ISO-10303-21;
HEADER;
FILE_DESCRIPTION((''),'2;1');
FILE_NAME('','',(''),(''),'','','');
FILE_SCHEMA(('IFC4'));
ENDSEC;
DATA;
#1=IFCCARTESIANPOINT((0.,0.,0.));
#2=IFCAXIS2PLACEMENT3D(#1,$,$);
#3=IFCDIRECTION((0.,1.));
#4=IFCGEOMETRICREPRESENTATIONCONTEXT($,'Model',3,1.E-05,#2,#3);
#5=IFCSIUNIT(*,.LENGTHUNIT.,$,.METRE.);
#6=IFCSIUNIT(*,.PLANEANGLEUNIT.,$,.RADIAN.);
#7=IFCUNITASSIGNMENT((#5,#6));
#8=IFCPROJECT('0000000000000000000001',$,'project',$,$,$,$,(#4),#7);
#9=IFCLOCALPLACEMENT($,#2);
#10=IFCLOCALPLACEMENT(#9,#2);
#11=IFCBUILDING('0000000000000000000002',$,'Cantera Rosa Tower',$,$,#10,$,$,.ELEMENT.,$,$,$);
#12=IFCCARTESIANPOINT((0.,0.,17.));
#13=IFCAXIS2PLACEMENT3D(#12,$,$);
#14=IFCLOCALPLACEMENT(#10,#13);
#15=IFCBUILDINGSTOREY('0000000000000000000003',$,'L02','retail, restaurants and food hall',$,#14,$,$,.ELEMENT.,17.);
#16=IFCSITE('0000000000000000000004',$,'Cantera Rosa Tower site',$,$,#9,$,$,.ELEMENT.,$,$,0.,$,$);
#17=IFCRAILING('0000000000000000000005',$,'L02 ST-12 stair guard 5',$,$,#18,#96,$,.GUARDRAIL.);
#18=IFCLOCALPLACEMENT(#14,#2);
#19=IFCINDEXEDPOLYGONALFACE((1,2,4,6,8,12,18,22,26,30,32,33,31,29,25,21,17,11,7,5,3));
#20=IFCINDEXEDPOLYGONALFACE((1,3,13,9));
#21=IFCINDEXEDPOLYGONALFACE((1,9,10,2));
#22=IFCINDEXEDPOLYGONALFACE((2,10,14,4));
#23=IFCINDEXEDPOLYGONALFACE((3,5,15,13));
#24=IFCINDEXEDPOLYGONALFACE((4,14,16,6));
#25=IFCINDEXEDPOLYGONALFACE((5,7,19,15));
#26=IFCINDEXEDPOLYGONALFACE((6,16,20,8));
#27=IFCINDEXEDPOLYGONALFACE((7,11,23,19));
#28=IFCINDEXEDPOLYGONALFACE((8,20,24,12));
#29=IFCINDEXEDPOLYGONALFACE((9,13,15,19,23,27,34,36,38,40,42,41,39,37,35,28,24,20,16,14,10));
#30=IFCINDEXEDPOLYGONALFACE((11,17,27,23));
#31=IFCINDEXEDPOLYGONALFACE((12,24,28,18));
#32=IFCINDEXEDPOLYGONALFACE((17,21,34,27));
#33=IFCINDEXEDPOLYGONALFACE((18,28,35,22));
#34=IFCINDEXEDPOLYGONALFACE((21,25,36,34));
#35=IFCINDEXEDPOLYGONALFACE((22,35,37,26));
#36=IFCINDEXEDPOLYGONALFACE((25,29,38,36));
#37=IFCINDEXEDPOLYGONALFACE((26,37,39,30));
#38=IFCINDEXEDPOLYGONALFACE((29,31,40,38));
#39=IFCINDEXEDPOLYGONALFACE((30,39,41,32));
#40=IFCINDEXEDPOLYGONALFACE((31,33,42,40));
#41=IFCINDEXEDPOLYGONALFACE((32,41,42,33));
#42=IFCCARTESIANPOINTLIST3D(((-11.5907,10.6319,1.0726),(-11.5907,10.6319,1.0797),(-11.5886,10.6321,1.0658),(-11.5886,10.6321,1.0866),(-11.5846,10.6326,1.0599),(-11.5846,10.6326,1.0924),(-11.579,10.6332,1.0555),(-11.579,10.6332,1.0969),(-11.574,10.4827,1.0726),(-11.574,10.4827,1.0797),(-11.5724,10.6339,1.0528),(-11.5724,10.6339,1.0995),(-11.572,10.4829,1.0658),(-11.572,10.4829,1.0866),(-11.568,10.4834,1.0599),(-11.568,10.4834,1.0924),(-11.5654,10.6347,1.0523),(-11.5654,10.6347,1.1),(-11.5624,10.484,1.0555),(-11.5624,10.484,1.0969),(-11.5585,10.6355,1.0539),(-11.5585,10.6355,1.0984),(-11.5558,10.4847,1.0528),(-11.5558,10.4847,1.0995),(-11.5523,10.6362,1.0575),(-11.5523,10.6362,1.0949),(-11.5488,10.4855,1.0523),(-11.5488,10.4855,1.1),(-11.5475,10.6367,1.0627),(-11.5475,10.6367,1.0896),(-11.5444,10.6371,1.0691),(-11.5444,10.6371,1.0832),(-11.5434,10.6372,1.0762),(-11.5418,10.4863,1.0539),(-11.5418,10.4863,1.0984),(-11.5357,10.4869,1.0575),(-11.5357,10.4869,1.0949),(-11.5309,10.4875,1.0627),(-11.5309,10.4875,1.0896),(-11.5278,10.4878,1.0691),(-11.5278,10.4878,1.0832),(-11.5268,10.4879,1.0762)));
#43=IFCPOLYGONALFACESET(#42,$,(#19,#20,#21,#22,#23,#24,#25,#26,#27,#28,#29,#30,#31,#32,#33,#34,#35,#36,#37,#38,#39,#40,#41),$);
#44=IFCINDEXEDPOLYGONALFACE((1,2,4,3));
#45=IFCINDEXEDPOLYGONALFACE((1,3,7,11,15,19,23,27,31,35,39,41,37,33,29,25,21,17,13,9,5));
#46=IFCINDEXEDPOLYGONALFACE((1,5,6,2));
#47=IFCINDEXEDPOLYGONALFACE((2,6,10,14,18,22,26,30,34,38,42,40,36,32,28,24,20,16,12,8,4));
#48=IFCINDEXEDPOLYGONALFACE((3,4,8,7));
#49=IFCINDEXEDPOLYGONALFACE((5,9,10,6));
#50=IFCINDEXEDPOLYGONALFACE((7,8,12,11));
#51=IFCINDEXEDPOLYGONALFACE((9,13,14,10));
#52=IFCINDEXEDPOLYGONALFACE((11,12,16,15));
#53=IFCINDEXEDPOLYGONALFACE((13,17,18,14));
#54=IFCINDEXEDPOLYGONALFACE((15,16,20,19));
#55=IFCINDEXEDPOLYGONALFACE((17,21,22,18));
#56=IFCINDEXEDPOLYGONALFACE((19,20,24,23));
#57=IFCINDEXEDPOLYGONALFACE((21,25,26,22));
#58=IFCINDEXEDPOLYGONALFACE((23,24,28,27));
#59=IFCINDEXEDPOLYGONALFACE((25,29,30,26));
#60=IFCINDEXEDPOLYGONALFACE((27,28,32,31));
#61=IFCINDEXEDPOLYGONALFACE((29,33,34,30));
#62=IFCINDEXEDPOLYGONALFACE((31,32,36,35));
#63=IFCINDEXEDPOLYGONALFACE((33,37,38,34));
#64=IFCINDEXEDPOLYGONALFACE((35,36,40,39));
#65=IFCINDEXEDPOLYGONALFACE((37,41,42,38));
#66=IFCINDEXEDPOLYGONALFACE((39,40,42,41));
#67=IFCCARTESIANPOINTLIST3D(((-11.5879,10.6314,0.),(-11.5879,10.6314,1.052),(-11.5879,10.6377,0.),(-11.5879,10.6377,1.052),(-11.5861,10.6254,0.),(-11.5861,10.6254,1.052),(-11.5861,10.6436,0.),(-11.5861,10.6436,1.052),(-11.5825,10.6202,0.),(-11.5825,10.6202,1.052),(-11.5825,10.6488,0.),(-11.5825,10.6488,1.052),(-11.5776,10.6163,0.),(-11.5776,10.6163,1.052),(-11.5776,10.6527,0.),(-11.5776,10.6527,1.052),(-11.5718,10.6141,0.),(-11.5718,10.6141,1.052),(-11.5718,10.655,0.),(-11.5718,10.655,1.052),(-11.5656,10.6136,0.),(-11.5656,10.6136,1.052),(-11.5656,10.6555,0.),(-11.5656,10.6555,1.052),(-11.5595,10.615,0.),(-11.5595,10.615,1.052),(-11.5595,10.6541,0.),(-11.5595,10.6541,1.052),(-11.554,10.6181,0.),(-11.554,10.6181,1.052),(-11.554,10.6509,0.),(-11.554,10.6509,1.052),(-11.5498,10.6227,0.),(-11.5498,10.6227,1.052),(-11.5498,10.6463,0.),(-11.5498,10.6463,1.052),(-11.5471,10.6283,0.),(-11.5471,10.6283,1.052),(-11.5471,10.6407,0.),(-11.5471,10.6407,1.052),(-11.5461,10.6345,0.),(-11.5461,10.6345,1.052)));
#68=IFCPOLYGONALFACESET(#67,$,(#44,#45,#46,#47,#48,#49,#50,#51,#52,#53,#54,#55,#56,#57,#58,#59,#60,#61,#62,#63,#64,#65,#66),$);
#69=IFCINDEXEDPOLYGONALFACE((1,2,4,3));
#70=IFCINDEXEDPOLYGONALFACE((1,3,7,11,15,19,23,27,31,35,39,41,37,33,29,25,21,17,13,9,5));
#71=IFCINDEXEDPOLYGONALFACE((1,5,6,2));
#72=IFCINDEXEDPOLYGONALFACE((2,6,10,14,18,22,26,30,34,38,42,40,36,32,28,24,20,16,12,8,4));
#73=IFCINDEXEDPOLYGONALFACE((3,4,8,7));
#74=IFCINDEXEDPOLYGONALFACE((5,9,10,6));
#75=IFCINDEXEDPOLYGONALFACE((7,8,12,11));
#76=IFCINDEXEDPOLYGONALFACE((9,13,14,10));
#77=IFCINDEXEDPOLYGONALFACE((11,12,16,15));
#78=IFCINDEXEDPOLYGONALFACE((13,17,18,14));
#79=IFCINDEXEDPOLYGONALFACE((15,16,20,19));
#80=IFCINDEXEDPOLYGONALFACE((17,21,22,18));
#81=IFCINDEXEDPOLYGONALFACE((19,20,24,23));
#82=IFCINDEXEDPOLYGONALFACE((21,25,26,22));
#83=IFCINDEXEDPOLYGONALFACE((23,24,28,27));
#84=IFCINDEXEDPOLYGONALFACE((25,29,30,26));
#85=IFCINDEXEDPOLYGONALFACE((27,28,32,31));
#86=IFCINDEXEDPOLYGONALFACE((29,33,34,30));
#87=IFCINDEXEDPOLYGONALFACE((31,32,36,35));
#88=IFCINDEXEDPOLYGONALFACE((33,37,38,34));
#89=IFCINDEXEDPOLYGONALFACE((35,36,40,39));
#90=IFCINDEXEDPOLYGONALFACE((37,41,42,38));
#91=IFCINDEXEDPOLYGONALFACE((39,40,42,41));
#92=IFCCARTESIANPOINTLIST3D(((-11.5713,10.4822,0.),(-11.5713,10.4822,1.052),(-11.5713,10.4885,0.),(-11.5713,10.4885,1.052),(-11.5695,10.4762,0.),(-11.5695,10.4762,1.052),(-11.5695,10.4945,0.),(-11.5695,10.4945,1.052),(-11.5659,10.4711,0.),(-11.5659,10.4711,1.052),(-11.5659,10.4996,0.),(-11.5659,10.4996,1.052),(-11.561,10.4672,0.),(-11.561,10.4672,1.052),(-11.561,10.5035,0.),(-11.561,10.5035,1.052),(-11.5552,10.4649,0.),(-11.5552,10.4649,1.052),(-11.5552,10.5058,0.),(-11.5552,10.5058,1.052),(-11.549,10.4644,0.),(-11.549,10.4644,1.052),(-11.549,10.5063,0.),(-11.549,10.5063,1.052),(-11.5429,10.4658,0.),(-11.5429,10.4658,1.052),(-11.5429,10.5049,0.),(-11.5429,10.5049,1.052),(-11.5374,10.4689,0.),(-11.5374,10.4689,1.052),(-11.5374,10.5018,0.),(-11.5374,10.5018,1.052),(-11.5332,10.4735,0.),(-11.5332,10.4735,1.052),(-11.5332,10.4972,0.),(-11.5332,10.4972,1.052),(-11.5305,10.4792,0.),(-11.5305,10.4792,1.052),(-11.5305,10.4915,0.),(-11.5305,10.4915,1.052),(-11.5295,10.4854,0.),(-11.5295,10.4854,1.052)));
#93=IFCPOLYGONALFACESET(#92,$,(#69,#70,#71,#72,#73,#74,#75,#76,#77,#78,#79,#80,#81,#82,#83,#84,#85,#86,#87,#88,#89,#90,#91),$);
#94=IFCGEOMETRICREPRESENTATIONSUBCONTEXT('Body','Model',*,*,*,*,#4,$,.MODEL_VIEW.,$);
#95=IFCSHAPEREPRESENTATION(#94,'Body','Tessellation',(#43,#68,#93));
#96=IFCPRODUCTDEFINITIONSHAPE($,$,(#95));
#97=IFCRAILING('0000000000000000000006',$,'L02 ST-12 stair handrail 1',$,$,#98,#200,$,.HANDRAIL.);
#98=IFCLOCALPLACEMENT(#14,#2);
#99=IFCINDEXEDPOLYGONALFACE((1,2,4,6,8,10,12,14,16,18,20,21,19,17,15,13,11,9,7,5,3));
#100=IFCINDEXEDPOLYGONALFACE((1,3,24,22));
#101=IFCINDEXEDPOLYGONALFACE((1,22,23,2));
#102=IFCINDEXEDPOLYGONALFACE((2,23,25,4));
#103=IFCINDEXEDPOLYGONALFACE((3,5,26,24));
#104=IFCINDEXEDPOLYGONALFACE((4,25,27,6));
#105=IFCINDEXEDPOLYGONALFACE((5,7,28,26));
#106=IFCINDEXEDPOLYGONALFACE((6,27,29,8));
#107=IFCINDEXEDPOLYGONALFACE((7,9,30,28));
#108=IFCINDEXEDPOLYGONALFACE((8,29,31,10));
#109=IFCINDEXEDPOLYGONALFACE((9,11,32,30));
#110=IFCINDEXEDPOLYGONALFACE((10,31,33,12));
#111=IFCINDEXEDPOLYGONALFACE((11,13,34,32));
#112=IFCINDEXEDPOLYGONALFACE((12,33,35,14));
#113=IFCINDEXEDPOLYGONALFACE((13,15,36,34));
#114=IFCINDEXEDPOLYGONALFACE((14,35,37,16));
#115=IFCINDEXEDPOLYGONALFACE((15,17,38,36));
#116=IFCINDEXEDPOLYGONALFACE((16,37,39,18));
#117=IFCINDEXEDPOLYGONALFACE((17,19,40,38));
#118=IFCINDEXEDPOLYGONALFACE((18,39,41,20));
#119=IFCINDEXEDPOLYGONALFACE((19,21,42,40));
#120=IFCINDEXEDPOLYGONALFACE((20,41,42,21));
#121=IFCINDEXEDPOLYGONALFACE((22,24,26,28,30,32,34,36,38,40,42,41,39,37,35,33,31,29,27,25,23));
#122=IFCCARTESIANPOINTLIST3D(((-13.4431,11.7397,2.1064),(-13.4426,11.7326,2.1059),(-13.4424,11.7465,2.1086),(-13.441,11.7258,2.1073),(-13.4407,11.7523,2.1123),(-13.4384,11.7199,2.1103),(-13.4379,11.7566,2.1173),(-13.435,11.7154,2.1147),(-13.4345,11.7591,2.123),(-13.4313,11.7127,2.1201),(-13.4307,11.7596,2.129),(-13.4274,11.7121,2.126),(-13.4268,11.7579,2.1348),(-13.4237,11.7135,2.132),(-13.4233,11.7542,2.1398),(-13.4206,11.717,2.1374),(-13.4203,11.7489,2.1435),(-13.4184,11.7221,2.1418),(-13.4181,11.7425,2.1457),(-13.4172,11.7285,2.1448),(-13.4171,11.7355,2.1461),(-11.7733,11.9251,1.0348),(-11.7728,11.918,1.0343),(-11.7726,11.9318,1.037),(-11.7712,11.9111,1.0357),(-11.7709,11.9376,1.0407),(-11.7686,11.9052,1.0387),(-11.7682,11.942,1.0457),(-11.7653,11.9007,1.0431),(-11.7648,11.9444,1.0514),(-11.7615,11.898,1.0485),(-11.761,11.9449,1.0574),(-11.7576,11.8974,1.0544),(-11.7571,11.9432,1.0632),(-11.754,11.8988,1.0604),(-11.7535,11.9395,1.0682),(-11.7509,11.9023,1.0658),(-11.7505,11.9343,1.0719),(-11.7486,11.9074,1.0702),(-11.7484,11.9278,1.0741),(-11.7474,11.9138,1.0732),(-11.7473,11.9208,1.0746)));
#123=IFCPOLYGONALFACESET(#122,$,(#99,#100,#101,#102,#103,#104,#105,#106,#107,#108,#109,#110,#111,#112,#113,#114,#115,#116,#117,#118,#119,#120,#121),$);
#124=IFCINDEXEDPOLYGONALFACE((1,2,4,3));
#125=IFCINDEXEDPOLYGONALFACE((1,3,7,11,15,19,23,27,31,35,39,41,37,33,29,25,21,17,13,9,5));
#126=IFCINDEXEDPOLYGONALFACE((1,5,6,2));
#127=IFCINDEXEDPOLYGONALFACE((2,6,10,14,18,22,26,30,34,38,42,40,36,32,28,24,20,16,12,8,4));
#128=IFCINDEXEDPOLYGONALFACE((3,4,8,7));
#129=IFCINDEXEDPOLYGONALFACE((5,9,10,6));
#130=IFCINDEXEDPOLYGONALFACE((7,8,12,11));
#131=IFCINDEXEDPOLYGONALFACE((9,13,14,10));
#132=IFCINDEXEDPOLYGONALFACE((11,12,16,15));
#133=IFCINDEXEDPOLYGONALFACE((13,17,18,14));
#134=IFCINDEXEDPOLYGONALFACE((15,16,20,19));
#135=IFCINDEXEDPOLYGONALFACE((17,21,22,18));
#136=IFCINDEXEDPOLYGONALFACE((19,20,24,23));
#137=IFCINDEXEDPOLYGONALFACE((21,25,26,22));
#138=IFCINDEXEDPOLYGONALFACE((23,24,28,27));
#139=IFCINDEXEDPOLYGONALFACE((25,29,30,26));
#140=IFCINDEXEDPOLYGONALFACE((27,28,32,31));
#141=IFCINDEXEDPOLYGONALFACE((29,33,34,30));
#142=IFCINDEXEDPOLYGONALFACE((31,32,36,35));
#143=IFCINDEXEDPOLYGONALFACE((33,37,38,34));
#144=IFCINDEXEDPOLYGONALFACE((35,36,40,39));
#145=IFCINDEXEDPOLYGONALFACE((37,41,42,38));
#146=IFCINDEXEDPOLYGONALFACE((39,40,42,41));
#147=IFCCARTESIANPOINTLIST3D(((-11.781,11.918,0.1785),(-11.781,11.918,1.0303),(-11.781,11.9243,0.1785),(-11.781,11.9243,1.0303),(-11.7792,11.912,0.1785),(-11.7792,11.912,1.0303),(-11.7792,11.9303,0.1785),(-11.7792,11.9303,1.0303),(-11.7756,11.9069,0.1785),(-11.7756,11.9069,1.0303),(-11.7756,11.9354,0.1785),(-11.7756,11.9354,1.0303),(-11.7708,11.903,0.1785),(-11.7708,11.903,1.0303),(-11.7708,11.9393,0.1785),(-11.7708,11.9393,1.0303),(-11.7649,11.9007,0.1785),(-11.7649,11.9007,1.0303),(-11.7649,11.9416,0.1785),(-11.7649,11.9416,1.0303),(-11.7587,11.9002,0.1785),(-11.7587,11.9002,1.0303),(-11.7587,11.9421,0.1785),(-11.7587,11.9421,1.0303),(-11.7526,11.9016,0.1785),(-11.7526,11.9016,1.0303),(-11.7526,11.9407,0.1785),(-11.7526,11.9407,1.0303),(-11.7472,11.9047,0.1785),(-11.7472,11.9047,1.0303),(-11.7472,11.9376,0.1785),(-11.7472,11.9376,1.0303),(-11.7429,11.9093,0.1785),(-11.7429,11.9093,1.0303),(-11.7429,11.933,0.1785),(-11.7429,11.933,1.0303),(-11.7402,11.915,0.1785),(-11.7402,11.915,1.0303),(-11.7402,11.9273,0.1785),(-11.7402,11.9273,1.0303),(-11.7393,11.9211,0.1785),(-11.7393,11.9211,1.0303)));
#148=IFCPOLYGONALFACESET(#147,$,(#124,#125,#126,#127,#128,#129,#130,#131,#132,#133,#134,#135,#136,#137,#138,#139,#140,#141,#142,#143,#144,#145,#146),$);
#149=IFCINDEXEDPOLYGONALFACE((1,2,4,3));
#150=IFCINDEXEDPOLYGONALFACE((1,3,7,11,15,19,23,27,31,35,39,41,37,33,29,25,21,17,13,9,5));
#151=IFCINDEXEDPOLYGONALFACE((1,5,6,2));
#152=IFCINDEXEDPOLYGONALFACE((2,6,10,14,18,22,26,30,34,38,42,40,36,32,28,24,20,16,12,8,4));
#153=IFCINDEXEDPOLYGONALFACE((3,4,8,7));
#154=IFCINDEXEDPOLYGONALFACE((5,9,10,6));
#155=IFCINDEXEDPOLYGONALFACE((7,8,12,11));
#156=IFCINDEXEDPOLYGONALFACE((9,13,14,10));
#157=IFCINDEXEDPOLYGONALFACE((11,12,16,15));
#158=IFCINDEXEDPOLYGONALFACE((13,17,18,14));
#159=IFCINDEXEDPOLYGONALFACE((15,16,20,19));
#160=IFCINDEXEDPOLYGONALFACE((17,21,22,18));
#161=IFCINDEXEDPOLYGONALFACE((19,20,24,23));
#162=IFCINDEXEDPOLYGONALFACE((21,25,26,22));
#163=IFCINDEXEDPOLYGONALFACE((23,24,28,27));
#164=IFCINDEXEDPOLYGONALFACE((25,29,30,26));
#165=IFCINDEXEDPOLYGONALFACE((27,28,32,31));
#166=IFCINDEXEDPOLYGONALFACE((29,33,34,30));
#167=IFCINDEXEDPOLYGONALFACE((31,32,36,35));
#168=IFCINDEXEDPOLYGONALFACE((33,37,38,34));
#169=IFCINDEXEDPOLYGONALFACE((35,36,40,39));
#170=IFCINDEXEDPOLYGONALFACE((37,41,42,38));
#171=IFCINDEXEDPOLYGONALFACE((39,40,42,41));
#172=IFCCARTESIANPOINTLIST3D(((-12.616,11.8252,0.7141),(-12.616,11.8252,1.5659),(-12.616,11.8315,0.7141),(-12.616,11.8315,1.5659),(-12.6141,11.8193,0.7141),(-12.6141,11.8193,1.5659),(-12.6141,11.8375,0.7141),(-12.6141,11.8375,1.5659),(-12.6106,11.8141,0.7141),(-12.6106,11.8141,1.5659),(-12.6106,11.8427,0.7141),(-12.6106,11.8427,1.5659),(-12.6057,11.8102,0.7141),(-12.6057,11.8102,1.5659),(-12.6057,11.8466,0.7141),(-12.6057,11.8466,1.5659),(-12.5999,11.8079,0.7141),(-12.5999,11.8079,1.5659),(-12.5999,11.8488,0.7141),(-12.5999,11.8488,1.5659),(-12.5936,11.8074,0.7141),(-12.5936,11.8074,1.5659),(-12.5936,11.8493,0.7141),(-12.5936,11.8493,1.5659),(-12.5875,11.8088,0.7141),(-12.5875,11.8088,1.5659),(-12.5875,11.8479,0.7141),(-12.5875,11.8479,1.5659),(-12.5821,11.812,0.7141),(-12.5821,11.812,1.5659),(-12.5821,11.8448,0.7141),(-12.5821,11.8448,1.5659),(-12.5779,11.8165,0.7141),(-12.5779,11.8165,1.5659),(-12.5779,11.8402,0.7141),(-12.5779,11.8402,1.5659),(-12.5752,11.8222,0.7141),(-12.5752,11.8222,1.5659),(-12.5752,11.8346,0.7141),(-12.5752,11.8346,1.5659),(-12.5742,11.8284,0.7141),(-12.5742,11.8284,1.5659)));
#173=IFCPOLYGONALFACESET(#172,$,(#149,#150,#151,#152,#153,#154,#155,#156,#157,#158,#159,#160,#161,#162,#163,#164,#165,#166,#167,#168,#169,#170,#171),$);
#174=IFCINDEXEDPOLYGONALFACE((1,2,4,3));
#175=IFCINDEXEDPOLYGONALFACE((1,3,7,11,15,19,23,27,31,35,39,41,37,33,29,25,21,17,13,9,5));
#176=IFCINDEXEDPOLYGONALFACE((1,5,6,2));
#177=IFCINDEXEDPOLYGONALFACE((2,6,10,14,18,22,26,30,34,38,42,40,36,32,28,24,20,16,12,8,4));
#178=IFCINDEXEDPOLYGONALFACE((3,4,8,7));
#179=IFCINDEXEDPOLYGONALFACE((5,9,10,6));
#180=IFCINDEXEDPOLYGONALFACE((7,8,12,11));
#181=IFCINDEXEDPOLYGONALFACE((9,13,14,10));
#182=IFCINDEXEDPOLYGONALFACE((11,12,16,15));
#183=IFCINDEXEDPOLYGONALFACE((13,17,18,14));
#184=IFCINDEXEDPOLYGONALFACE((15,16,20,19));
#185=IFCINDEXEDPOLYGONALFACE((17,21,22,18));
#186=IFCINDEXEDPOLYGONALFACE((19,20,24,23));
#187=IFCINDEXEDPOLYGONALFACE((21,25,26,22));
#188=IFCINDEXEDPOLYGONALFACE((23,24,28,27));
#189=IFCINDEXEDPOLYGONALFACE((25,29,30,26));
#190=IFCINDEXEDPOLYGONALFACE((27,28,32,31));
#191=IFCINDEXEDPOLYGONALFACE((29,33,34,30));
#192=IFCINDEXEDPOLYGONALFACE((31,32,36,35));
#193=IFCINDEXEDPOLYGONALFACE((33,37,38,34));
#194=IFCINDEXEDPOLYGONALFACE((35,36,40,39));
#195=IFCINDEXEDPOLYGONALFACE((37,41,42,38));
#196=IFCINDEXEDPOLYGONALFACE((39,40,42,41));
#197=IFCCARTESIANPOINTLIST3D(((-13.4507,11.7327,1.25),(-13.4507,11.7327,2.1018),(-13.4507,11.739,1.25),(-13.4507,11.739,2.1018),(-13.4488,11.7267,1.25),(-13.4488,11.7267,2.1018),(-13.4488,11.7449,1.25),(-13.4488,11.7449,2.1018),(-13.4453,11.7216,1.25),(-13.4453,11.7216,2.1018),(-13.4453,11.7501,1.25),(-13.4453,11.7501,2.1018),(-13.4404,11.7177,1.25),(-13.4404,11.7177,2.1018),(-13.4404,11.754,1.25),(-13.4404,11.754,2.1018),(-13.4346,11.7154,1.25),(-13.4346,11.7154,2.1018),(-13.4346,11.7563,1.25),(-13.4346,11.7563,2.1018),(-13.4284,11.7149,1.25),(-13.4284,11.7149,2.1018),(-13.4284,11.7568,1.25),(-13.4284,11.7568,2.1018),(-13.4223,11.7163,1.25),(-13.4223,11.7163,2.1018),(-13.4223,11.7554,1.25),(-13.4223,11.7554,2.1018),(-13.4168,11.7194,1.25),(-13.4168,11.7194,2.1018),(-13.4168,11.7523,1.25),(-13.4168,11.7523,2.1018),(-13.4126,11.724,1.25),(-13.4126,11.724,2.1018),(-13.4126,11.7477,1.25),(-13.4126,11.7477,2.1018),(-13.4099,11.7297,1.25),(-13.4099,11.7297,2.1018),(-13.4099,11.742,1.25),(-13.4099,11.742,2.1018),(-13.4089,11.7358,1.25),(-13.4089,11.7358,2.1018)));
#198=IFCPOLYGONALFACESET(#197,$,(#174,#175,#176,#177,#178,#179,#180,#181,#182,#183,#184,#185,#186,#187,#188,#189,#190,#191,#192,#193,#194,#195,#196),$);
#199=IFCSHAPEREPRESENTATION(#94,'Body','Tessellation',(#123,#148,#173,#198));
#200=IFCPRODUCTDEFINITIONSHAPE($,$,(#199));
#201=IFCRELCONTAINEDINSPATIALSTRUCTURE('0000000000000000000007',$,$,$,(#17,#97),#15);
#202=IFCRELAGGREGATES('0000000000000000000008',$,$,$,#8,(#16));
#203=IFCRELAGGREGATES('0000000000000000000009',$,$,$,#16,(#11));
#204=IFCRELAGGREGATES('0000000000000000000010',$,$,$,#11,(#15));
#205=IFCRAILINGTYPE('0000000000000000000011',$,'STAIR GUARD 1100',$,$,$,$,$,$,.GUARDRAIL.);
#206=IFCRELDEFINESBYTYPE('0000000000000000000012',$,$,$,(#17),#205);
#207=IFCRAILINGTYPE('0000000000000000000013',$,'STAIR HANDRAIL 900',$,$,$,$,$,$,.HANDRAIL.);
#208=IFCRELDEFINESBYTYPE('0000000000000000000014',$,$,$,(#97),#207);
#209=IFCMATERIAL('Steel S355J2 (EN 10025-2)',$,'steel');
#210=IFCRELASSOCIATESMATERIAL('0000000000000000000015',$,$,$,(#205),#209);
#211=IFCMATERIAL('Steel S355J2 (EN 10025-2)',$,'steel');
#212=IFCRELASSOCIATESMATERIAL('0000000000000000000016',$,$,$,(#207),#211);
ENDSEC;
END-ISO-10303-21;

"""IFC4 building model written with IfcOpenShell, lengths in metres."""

from ifc_helpers import new_model, si_unit, direction, frame, origin, origin_2d, place, context, subcontext, project, spatial, circle, extrude, material, type_object, element, save


model = new_model("IFC4")

# Units and contexts
model_context = context("Model", 3, precision=1e-05, world=origin(), true_north=direction((0.0, 1.0)))
body_context = subcontext(model_context, "Body", "Model", "MODEL_VIEW")
ifc_project = project(units=[si_unit("LENGTHUNIT", "METRE"), si_unit("PLANEANGLEUNIT", "RADIAN")], contexts=[model_context])

# Site, building, storey
site_placement = place(None, origin())
site = spatial("IfcSite", under=ifc_project, at=site_placement, Name="Cantera Rosa Tower site", CompositionType="ELEMENT", RefElevation=0.0)
building_placement = place(site_placement, origin())
building = spatial("IfcBuilding", under=site, at=building_placement, Name="Cantera Rosa Tower", CompositionType="ELEMENT")
storey_placement = place(building_placement, frame((0.0, 0.0, 17.0)))
storey = spatial("IfcBuildingStorey", under=building, at=storey_placement, Name="L02", Description="retail, restaurants and food hall", CompositionType="ELEMENT", Elevation=17.0)

# Railings
ifc_material_1 = material(Name="Steel S355J2 (EN 10025-2)", Category="steel")
railing_type_1 = type_object("IfcRailingType", Name="STAIR GUARD 1100", PredefinedType="GUARDRAIL", material=ifc_material_1)
railing_1_placement = place(storey_placement, frame((-11.5671, 10.6345, 0.0)))
element("IfcRailing", 1, at=railing_1_placement, inside=storey, type_object=railing_type_1, Name="L02 ST-12 stair guard 5", PredefinedType="GUARDRAIL", context=body_context, shape_type="SweptSolid", body=[
    extrude(circle(Radius=0.0239, at=origin_2d()), frame((0.0, 0.0, 1.0762), z_axis=(0.11061, -0.993864, 0.0), x_axis=(0.993864, 0.11061, 0.0)), (0.0, 0.0, 1.0), 0.1501),
    extrude(circle(Radius=0.021, at=origin_2d()), origin(), (0.0, 0.0, 1.0), 1.052),
    extrude(circle(Radius=0.021, at=origin_2d()), frame((0.0166, -0.1492, 0.0)), (0.0, 0.0, 1.0), 1.052),
])
ifc_material_2 = material(Name="Steel S355J2 (EN 10025-2)", Category="steel")
railing_type_2 = type_object("IfcRailingType", Name="STAIR HANDRAIL 900", PredefinedType="HANDRAIL", material=ifc_material_2)
for number, where, name in (
    (2, (-11.7603, 11.9211, 0.1785), "L02 ST-12 stair handrail 1"),
):
    element("IfcRailing", number, at=place(storey_placement, frame(where)), inside=storey, type_object=railing_type_2, Name=name, PredefinedType="HANDRAIL", context=body_context, shape_type="SweptSolid", body=[
        extrude(circle(Radius=0.0239, at=origin_2d()), frame((0.0, 0.0, 0.876), z_axis=(-0.837951, -0.092997, 0.537764), x_axis=(0.110304, -0.993898, 0.0)), (0.0, 0.0, 1.0), 1.9927),
        extrude(circle(Radius=0.021, at=origin_2d()), origin(), (0.0, 0.0, 1.0), 0.8518),
        extrude(circle(Radius=0.021, at=origin_2d()), frame((-0.835, -0.0928, 0.5356)), (0.0, 0.0, 1.0), 0.8518),
        extrude(circle(Radius=0.021, at=origin_2d()), frame((-1.6697, -0.1853, 1.0715)), (0.0, 0.0, 1.0), 0.8518),
    ])

save(model, "model.ifc")
